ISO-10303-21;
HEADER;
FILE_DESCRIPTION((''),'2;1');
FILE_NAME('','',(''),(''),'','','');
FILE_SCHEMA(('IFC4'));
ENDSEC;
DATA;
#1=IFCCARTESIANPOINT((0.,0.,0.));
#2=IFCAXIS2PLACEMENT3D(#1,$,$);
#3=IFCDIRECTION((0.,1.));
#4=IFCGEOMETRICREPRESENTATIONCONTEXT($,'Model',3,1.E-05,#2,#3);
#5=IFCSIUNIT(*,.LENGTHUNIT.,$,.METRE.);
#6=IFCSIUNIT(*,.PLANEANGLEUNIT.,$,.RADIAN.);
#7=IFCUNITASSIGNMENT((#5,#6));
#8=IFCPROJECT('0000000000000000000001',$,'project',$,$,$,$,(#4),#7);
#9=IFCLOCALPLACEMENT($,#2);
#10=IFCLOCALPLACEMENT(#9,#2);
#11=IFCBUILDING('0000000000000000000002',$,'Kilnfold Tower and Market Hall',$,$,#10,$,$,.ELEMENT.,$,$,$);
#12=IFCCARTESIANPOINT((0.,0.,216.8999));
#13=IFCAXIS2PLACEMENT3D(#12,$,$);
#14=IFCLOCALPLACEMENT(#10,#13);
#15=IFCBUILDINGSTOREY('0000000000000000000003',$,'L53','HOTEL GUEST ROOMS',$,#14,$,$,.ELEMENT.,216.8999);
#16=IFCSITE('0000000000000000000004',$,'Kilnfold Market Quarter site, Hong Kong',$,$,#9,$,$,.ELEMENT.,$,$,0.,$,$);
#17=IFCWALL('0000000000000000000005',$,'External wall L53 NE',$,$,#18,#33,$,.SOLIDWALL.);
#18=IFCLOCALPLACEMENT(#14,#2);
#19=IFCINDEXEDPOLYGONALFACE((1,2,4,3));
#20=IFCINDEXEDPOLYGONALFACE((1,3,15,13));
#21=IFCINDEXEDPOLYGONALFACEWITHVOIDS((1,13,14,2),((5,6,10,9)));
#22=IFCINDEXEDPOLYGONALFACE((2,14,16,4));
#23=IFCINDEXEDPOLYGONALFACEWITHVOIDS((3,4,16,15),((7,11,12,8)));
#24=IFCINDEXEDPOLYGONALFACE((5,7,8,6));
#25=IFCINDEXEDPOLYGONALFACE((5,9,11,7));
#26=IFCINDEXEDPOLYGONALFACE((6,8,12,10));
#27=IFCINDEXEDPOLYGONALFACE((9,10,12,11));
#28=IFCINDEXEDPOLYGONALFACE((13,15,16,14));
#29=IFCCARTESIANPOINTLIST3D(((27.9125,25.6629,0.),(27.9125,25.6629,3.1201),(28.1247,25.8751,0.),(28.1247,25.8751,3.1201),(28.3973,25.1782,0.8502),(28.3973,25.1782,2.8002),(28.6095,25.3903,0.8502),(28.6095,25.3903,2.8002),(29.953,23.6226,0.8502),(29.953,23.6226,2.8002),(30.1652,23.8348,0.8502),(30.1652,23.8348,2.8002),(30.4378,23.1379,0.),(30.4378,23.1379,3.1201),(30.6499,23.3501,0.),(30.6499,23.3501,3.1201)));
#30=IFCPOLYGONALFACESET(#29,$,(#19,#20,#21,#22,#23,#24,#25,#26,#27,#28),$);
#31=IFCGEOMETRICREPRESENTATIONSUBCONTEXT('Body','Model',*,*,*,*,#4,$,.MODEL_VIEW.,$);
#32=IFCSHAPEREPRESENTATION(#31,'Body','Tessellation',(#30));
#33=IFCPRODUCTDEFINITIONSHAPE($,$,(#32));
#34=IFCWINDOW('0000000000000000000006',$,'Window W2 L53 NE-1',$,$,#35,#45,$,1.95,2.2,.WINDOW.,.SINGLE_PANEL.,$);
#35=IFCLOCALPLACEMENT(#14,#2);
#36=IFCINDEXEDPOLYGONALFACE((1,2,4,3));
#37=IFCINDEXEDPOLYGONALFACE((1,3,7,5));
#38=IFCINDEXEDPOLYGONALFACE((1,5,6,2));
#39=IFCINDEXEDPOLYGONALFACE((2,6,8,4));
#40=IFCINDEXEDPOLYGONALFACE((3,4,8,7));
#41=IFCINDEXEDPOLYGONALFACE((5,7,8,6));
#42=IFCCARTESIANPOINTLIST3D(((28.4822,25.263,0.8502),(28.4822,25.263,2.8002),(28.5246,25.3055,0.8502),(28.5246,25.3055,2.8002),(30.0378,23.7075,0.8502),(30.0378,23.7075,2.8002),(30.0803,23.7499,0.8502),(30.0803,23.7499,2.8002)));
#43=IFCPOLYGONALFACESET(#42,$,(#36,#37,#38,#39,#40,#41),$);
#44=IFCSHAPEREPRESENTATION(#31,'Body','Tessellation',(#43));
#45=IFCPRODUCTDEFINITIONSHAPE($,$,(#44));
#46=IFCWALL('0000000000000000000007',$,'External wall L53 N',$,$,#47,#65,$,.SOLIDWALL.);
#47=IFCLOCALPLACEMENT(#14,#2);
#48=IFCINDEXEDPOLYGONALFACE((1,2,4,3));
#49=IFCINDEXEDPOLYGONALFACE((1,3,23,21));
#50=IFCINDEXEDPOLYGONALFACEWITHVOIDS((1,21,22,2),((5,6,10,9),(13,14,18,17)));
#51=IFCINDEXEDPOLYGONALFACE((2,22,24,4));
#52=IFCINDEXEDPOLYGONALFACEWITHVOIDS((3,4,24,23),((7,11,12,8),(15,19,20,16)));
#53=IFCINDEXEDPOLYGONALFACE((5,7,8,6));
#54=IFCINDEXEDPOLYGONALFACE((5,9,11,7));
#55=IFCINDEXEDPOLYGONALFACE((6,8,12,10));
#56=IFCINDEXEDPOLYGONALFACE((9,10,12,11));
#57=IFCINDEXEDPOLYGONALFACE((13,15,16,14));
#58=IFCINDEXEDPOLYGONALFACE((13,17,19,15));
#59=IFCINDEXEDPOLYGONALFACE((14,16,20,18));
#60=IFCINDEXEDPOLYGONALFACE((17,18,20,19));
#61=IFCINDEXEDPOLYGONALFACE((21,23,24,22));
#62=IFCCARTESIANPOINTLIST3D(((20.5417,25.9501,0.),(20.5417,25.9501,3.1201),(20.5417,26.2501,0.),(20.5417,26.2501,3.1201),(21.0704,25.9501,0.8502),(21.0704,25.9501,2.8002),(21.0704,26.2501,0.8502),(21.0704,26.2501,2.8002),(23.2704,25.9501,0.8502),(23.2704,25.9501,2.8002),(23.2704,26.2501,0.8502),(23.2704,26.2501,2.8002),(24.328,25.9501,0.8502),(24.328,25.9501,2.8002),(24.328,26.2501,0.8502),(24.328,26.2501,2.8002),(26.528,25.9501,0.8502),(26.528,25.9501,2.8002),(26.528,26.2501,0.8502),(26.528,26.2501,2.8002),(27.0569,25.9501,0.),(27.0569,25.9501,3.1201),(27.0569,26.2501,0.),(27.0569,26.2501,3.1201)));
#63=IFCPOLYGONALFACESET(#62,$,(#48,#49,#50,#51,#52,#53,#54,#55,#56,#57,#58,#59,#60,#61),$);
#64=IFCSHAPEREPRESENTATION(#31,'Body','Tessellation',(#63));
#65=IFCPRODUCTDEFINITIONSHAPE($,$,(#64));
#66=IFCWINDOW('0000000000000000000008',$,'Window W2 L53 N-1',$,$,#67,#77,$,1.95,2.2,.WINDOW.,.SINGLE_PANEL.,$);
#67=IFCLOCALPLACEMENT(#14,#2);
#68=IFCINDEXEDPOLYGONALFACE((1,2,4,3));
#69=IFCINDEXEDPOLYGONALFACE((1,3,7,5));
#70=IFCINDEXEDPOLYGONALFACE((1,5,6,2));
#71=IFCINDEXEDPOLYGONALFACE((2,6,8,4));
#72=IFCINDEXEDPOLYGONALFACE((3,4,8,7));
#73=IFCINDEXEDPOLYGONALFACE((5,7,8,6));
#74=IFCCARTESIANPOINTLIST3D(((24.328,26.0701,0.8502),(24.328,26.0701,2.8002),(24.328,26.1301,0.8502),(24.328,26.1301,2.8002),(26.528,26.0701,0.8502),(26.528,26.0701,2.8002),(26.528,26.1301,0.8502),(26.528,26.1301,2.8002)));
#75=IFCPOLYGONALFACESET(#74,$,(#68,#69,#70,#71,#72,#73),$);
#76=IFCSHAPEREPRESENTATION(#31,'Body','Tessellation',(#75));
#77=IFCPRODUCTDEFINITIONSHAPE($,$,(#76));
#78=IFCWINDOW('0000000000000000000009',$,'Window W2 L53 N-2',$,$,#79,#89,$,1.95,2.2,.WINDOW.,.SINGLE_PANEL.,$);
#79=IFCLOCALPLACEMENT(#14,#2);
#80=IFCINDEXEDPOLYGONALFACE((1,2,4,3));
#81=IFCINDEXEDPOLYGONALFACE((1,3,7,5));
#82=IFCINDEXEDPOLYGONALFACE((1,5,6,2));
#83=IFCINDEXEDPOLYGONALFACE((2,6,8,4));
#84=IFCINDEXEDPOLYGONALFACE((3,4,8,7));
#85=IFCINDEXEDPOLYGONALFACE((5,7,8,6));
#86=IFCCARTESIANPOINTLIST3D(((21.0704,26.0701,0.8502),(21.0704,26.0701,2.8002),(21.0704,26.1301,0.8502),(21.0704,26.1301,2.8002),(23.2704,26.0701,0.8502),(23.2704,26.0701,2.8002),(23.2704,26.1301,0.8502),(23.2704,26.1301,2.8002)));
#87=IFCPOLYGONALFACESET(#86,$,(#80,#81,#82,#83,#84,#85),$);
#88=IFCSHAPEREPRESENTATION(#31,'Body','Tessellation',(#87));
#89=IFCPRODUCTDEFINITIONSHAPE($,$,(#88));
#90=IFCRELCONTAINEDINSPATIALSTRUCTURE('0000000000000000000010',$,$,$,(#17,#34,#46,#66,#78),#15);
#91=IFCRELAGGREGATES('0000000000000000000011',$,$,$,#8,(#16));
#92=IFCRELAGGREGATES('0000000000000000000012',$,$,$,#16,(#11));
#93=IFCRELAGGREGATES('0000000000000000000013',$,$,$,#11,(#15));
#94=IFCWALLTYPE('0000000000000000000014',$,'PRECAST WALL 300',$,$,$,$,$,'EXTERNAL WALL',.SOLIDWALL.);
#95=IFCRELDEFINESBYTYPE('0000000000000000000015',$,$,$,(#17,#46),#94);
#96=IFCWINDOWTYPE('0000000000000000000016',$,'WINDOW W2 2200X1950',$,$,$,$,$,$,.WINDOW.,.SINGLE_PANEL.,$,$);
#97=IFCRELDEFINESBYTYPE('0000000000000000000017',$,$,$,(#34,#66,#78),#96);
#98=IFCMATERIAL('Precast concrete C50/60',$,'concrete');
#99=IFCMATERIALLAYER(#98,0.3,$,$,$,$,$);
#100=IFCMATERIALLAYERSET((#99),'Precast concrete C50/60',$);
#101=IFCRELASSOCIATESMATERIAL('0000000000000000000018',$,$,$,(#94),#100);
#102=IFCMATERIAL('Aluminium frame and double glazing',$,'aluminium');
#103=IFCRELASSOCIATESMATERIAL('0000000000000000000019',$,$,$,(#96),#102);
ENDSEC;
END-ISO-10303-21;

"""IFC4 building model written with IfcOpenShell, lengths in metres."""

from ifc_helpers import new_model, si_unit, direction, frame, frame_2d, origin, place, context, subcontext, project, spatial, rectangle, extrude, source, transform, mapped, material, layer, layer_set, type_object, element, fill, save


model = new_model("IFC4")

# Units and contexts
model_context = context("Model", 3, precision=1e-05, world=origin(), true_north=direction((0.0, 1.0)))
body_context = subcontext(model_context, "Body", "Model", "MODEL_VIEW")
ifc_project = project(units=[si_unit("LENGTHUNIT", "METRE"), si_unit("PLANEANGLEUNIT", "RADIAN")], contexts=[model_context])

# Site, building, storey
site_placement = place(None, origin())
site = spatial("IfcSite", under=ifc_project, at=site_placement, Name="Kilnfold Market Quarter site, Hong Kong", CompositionType="ELEMENT", RefElevation=0.0)
building_placement = place(site_placement, origin())
building = spatial("IfcBuilding", under=site, at=building_placement, Name="Kilnfold Tower and Market Hall", CompositionType="ELEMENT")
storey_placement = place(building_placement, frame((0.0, 0.0, 216.8999)))
storey = spatial("IfcBuildingStorey", under=building, at=storey_placement, Name="L53", Description="HOTEL GUEST ROOMS", CompositionType="ELEMENT", Elevation=216.8999)

# Shared definitions
ifc_material_1 = material(Name="Precast concrete C50/60", Category="concrete")
ifc_layer_1 = layer(ifc_material_1, 0.3)
ifc_layer_set_1 = layer_set([ifc_layer_1], Name="Precast concrete C50/60")
wall_type_1 = type_object("IfcWallType", Name="PRECAST WALL 300", ElementType="EXTERNAL WALL", PredefinedType="SOLIDWALL", material=ifc_layer_set_1)
ifc_material_2 = material(Name="Aluminium frame and double glazing", Category="aluminium")
window_type = type_object("IfcWindowType", Name="WINDOW W2 2200X1950", PartitioningType="SINGLE_PANEL", PredefinedType="WINDOW", material=ifc_material_2)

# Wall, opening, window
shared_shape_1 = source(origin(), body_context, "Body", "SweptSolid", [
    extrude(rectangle(XDim=3.571, YDim=0.3, at=frame_2d((1.7856, 0.0))), origin(), (0.0, 0.0, 1.0), 3.1201),
])
wall_1_placement = place(storey_placement, frame((30.5439, 23.2439, 0.0), z_axis=(0.0, 0.0, 1.0), x_axis=(-0.707141, 0.707073, 0.0)))
wall_1 = element("IfcWall", 1, at=wall_1_placement, inside=storey, type_object=wall_type_1, Name="External wall L53 NE", PredefinedType="SOLIDWALL", context=body_context, shape_type="MappedRepresentation", body=[
    mapped(shared_shape_1, transform((0.0, 0.0, 0.0))),
])
opening_1_placement = place(wall_1_placement, frame((0.6855, 0.0, 0.8501)))
opening_1 = element("IfcOpeningElement", 2, at=opening_1_placement, cuts=wall_1, PredefinedType="OPENING", context=body_context, shape_type="SweptSolid", body=[
    extrude(rectangle(XDim=2.2, YDim=1.95, at=frame_2d((1.1001, 0.9751))), frame((0.0, 0.1602, 0.0), z_axis=(0.0, -1.0, 0.0), x_axis=(1.0, 0.0, 0.0)), (0.0, 0.0, 1.0), 0.3201),
])
window_1_placement = place(opening_1_placement, origin())
window_1 = element("IfcWindow", 3, at=window_1_placement, inside=storey, type_object=window_type, Name="Window W2 L53 NE-1", OverallHeight=1.95, OverallWidth=2.2, PartitioningType="SINGLE_PANEL", PredefinedType="WINDOW", context=body_context, shape_type="SweptSolid", body=[
    extrude(rectangle(XDim=2.2, YDim=1.95, at=frame_2d((1.1001, 0.9751))), frame((0.0, 0.03, 0.0), z_axis=(0.0, -1.0, 0.0), x_axis=(1.0, 0.0, 0.0)), (0.0, 0.0, 1.0), 0.0601),
])
fill(opening_1, window_1)

# Wall, openings, windows
shared_shape_2 = source(origin(), body_context, "Body", "SweptSolid", [
    extrude(rectangle(XDim=6.5151, YDim=0.3, at=frame_2d((3.2576, 0.0))), origin(), (0.0, 0.0, 1.0), 3.1201),
])
wall_2_placement = place(storey_placement, frame((27.0569, 26.1001, 0.0), z_axis=(0.0, 0.0, 1.0), x_axis=(-1.0, 0.0, 0.0)))
wall_2 = element("IfcWall", 4, at=wall_2_placement, inside=storey, type_object=wall_type_1, Name="External wall L53 N", PredefinedType="SOLIDWALL", context=body_context, shape_type="MappedRepresentation", body=[
    mapped(shared_shape_2, transform((0.0, 0.0, 0.0))),
])
opening_2_placement = place(wall_2_placement, frame((0.5288, 0.0, 0.8501)))
opening_2 = element("IfcOpeningElement", 5, at=opening_2_placement, cuts=wall_2, PredefinedType="OPENING", context=body_context, shape_type="SweptSolid", body=[
    extrude(rectangle(XDim=2.2, YDim=1.95, at=frame_2d((1.1001, 0.9751))), frame((0.0, 0.1602, 0.0), z_axis=(0.0, -1.0, 0.0), x_axis=(1.0, 0.0, 0.0)), (0.0, 0.0, 1.0), 0.3201),
])
opening_3_placement = place(wall_2_placement, frame((3.7864, 0.0, 0.8501)))
opening_3 = element("IfcOpeningElement", 6, at=opening_3_placement, cuts=wall_2, PredefinedType="OPENING", context=body_context, shape_type="SweptSolid", body=[
    extrude(rectangle(XDim=2.2, YDim=1.95, at=frame_2d((1.1001, 0.9751))), frame((0.0, 0.1602, 0.0), z_axis=(0.0, -1.0, 0.0), x_axis=(1.0, 0.0, 0.0)), (0.0, 0.0, 1.0), 0.3201),
])
window_2_placement = place(opening_2_placement, origin())
window_2 = element("IfcWindow", 7, at=window_2_placement, inside=storey, type_object=window_type, Name="Window W2 L53 N-1", OverallHeight=1.95, OverallWidth=2.2, PartitioningType="SINGLE_PANEL", PredefinedType="WINDOW", context=body_context, shape_type="SweptSolid", body=[
    extrude(rectangle(XDim=2.2, YDim=1.95, at=frame_2d((1.1001, 0.9751))), frame((0.0, 0.03, 0.0), z_axis=(0.0, -1.0, 0.0), x_axis=(1.0, 0.0, 0.0)), (0.0, 0.0, 1.0), 0.0601),
])
fill(opening_2, window_2)
window_3_placement = place(opening_3_placement, origin())
window_3 = element("IfcWindow", 8, at=window_3_placement, inside=storey, type_object=window_type, Name="Window W2 L53 N-2", OverallHeight=1.95, OverallWidth=2.2, PartitioningType="SINGLE_PANEL", PredefinedType="WINDOW", context=body_context, shape_type="SweptSolid", body=[
    extrude(rectangle(XDim=2.2, YDim=1.95, at=frame_2d((1.1001, 0.9751))), frame((0.0, 0.03, 0.0), z_axis=(0.0, -1.0, 0.0), x_axis=(1.0, 0.0, 0.0)), (0.0, 0.0, 1.0), 0.0601),
])
fill(opening_3, window_3)

save(model, "model.ifc")
